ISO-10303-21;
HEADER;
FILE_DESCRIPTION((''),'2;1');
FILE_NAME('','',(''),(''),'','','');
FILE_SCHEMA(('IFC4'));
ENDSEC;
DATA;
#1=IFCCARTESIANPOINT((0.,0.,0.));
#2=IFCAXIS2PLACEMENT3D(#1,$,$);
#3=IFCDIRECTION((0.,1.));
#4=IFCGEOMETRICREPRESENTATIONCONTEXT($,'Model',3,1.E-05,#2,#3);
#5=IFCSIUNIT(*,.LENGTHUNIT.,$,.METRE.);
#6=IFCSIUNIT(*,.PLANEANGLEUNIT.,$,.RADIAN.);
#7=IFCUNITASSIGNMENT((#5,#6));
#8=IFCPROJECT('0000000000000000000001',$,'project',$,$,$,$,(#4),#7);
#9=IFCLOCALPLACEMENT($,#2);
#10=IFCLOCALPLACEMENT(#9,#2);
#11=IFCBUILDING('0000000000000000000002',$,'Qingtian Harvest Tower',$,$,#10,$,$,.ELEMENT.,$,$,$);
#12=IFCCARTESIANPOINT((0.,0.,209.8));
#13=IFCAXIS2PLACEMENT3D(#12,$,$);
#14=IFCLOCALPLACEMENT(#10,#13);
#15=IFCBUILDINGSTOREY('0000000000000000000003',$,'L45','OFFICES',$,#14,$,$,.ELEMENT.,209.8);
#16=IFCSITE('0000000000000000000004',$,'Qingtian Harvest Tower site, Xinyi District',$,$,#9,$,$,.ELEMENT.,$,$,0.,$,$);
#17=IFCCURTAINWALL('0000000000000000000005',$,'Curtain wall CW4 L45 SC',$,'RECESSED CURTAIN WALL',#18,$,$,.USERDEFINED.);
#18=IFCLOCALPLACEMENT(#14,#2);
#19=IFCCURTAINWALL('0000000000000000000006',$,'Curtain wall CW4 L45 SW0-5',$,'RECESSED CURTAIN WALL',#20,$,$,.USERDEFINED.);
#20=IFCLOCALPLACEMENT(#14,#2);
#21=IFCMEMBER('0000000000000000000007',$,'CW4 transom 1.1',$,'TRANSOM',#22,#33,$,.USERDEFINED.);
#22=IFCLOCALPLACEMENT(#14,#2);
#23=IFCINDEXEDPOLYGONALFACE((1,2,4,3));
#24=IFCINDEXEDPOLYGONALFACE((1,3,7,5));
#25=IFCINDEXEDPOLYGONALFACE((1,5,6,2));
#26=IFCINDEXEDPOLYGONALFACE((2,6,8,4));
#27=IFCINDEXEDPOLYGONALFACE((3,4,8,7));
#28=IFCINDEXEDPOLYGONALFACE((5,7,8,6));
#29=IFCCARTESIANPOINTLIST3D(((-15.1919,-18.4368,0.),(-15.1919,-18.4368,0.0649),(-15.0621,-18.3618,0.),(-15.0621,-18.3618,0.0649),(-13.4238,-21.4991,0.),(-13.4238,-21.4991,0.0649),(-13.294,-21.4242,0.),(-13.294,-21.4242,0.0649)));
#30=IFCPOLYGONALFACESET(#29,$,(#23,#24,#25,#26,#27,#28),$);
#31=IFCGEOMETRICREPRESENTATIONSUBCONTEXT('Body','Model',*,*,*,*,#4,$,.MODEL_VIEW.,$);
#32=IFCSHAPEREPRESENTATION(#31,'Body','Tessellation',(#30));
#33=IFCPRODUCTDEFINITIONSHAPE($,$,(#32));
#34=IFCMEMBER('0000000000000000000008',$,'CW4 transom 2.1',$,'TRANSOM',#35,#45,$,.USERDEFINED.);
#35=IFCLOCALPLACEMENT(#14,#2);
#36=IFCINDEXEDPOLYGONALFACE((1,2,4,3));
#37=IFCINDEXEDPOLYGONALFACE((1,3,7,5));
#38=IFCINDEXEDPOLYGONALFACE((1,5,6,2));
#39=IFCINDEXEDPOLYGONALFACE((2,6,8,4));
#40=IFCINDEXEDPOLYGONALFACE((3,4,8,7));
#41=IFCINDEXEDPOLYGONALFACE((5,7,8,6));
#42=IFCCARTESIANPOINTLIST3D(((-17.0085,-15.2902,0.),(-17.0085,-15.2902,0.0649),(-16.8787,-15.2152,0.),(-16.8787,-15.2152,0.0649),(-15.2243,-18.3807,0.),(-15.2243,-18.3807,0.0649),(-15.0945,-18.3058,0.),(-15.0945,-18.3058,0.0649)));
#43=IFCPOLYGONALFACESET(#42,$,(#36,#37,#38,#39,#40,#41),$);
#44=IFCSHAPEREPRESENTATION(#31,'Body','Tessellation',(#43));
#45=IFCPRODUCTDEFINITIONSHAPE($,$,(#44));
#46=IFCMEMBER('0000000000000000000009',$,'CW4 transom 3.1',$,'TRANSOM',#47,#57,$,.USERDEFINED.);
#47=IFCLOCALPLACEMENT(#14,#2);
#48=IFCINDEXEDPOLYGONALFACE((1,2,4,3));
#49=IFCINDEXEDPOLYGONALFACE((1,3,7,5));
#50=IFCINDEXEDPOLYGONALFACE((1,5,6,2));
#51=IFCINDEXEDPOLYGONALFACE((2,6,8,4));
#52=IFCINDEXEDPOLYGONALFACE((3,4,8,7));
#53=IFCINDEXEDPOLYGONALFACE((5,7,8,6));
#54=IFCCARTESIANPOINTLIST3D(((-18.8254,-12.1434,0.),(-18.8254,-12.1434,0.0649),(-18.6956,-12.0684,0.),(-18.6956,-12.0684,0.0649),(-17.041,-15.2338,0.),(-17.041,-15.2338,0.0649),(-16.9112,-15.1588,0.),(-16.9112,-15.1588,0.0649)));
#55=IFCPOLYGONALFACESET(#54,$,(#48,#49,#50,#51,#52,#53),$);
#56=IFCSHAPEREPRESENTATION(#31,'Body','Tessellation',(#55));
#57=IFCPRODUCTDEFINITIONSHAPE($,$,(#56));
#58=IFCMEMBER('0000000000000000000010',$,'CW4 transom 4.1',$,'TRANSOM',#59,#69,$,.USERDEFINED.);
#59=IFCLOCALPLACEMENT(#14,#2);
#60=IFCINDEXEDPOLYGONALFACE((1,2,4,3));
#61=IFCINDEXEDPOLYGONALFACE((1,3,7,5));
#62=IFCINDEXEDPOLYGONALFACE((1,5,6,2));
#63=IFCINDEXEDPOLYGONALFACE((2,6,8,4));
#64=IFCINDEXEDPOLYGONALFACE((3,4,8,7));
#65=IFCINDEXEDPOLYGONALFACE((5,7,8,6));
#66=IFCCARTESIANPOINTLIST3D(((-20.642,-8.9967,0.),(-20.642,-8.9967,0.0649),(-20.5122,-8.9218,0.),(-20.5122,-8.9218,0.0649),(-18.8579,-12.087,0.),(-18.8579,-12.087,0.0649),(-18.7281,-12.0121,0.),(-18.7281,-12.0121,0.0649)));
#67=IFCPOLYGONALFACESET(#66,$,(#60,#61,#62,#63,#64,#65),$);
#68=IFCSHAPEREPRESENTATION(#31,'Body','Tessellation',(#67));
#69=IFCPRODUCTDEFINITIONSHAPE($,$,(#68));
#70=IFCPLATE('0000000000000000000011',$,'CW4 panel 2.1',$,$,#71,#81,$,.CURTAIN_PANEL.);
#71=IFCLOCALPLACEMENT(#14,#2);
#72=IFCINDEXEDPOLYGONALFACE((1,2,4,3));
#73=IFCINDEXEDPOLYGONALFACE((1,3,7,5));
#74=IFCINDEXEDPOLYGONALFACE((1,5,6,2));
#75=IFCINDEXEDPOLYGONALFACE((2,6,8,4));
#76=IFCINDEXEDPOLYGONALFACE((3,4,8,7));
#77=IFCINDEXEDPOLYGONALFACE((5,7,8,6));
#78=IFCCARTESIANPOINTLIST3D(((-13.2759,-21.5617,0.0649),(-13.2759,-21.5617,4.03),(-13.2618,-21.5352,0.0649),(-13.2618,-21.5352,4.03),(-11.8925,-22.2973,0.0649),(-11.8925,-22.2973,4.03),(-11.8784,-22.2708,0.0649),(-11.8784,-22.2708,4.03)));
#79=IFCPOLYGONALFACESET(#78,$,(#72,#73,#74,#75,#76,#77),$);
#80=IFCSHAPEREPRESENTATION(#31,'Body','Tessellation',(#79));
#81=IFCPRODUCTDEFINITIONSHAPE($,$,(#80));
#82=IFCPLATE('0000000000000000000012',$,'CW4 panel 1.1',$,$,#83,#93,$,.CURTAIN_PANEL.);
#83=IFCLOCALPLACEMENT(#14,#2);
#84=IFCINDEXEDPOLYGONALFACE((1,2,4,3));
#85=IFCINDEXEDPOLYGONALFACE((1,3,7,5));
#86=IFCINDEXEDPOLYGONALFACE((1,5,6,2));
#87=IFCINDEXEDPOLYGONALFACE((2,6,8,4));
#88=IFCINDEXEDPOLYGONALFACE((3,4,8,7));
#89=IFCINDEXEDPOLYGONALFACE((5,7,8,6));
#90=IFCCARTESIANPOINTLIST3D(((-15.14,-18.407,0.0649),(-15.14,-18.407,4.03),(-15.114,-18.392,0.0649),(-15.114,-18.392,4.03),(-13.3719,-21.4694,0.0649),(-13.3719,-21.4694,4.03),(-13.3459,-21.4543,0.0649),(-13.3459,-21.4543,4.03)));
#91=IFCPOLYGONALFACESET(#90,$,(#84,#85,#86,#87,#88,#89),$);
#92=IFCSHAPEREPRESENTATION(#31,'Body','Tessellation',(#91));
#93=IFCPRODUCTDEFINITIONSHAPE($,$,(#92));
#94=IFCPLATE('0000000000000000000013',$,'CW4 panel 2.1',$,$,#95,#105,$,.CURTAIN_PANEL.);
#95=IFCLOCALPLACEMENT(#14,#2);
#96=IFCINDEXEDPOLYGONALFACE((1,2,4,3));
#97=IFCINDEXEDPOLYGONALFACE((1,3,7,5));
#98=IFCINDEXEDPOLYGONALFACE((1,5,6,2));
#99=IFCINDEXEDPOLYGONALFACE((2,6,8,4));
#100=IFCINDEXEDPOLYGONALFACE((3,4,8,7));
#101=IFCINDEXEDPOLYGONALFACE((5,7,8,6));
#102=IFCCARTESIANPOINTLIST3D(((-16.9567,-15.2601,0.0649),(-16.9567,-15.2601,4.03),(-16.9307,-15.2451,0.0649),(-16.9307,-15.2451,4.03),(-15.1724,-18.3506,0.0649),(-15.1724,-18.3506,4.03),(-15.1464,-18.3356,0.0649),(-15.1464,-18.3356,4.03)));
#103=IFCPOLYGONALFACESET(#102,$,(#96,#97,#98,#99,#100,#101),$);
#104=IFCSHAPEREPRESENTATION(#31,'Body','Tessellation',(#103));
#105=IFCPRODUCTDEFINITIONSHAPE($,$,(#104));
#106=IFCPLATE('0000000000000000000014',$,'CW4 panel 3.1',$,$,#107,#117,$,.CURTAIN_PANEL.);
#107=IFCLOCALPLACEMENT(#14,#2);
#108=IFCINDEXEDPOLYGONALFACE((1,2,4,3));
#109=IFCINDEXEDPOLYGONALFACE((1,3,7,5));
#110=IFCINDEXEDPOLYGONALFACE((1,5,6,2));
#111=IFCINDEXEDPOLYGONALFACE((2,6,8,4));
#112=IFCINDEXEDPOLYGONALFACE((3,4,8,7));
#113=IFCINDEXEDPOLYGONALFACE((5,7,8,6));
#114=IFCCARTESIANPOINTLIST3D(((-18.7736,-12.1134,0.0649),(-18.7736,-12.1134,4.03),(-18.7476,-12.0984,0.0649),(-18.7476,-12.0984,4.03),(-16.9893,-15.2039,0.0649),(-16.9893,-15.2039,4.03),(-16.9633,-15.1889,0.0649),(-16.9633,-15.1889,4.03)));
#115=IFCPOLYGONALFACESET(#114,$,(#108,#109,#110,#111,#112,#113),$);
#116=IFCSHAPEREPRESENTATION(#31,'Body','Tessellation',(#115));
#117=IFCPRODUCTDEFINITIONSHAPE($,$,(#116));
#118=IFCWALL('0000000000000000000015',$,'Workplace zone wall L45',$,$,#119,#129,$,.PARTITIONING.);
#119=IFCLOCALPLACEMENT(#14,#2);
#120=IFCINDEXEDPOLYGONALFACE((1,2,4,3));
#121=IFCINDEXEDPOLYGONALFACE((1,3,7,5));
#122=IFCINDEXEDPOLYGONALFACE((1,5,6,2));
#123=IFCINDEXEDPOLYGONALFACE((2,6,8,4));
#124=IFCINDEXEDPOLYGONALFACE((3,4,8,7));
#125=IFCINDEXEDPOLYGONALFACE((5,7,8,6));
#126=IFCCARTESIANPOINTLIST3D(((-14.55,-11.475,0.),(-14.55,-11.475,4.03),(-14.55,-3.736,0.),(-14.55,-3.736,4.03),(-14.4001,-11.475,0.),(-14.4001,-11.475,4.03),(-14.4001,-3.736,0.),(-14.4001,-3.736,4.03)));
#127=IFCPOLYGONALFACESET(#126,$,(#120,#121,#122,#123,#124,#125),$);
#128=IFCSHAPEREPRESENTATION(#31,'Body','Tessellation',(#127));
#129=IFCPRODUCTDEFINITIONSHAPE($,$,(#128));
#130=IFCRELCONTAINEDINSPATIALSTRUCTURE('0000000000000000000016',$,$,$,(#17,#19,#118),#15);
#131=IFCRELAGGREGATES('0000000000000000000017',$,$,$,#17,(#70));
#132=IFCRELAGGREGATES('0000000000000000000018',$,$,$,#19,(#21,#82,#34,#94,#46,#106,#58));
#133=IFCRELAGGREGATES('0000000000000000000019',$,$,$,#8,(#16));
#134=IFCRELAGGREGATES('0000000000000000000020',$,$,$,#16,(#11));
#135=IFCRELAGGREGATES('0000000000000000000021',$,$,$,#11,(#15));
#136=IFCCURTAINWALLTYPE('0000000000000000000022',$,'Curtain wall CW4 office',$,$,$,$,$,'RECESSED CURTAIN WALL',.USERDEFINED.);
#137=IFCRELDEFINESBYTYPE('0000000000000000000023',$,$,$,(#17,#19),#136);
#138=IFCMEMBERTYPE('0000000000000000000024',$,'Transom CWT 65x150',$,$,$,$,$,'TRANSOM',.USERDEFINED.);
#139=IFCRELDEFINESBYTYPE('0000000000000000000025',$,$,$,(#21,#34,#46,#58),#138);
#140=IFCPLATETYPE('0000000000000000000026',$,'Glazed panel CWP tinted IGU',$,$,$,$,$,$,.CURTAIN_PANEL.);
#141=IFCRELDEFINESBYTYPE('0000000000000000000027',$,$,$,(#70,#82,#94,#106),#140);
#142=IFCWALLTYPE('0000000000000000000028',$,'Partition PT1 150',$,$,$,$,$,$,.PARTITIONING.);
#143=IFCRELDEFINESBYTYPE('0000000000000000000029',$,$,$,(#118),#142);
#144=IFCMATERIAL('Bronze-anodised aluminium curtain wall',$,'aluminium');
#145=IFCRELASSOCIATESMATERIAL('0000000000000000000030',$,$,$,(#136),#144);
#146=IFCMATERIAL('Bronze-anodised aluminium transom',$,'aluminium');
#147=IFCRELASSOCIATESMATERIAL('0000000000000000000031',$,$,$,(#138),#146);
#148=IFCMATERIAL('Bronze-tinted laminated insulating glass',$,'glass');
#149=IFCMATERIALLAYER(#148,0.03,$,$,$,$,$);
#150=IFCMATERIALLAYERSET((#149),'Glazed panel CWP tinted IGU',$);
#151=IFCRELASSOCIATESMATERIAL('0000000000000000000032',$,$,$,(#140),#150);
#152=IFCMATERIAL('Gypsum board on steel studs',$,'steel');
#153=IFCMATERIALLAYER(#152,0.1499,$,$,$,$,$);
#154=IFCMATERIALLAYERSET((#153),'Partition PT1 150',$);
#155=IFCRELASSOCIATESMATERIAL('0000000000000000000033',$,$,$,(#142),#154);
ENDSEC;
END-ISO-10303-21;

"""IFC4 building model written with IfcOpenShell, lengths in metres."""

from ifc_helpers import new_model, si_unit, direction, frame, frame_2d, origin, origin_2d, place, context, subcontext, project, spatial, rectangle, extrude, material, layer, layer_set, material_profile, profile_set, type_object, element, aggregate, save


model = new_model("IFC4")

# Units and contexts
model_context = context("Model", 3, precision=1e-05, world=origin(), true_north=direction((0.0, 1.0)))
body_context = subcontext(model_context, "Body", "Model", "MODEL_VIEW")
ifc_project = project(units=[si_unit("LENGTHUNIT", "METRE"), si_unit("PLANEANGLEUNIT", "RADIAN")], contexts=[model_context])

# Site, building, storey
site_placement = place(None, origin())
site = spatial("IfcSite", under=ifc_project, at=site_placement, Name="Qingtian Harvest Tower site, Xinyi District", CompositionType="ELEMENT", RefElevation=0.0)
building_placement = place(site_placement, origin())
building = spatial("IfcBuilding", under=site, at=building_placement, Name="Qingtian Harvest Tower", CompositionType="ELEMENT")
storey_placement = place(building_placement, frame((0.0, 0.0, 209.8)))
storey = spatial("IfcBuildingStorey", under=building, at=storey_placement, Name="L45", Description="OFFICES", CompositionType="ELEMENT", Elevation=209.8)

# Curtain wall
ifc_material_1 = material(Name="Bronze-anodised aluminium curtain wall", Category="aluminium")
curtain_wall_type = type_object("IfcCurtainWallType", Name="Curtain wall CW4 office", ElementType="RECESSED CURTAIN WALL", PredefinedType="USERDEFINED", material=ifc_material_1)
curtain_wall_1_placement = place(storey_placement, origin())
curtain_wall_1 = element("IfcCurtainWall", 1, at=curtain_wall_1_placement, inside=storey, type_object=curtain_wall_type, Name="Curtain wall CW4 L45 SC", ObjectType="RECESSED CURTAIN WALL", PredefinedType="USERDEFINED")

# Curtain wall
curtain_wall_2_placement = place(storey_placement, origin())
curtain_wall_2 = element("IfcCurtainWall", 2, at=curtain_wall_2_placement, inside=storey, type_object=curtain_wall_type, Name="Curtain wall CW4 L45 SW0-5", ObjectType="RECESSED CURTAIN WALL", PredefinedType="USERDEFINED")

# Members
ifc_material_2 = material(Name="Bronze-anodised aluminium transom", Category="aluminium")
ifc_material_profile_1 = material_profile(ifc_material_2, rectangle(XDim=0.1499, YDim=0.0649, at=origin_2d()), Name="AL 65x150")
ifc_profile_set_1 = profile_set([ifc_material_profile_1], Name="Bronze-anodised aluminium transom")
member_type_1 = type_object("IfcMemberType", Name="Transom CWT 65x150", ElementType="TRANSOM", PredefinedType="USERDEFINED", material=ifc_profile_set_1)
member_1_placement = place(storey_placement, frame((-13.3589, -21.4617, 0.0325), z_axis=(-0.500015, 0.866017, 0.0), x_axis=(-0.866017, -0.500015, 0.0)))
member_1 = element("IfcMember", 3, at=member_1_placement, type_object=member_type_1, Name="CW4 transom 1.1", ObjectType="TRANSOM", PredefinedType="USERDEFINED", context=body_context, shape_type="SweptSolid", body=[
    extrude(rectangle(XDim=0.1499, YDim=0.0649, at=origin_2d()), origin(), (0.0, 0.0, 1.0), 3.5361),
])
member_2_placement = place(storey_placement, frame((-15.1594, -18.3433, 0.0325), z_axis=(-0.499965, 0.866045, 0.0), x_axis=(-0.866045, -0.499965, 0.0)))
member_2 = element("IfcMember", 4, at=member_2_placement, type_object=member_type_1, Name="CW4 transom 2.1", ObjectType="TRANSOM", PredefinedType="USERDEFINED", context=body_context, shape_type="SweptSolid", body=[
    extrude(rectangle(XDim=0.1499, YDim=0.0649, at=origin_2d()), origin(), (0.0, 0.0, 1.0), 3.5686),
])
member_3_placement = place(storey_placement, frame((-16.9761, -15.1963, 0.0325), z_axis=(-0.500046, 0.865999, 0.0), x_axis=(-0.865999, -0.500046, 0.0)))
member_3 = element("IfcMember", 5, at=member_3_placement, type_object=member_type_1, Name="CW4 transom 3.1", ObjectType="TRANSOM", PredefinedType="USERDEFINED", context=body_context, shape_type="SweptSolid", body=[
    extrude(rectangle(XDim=0.1499, YDim=0.0649, at=origin_2d()), origin(), (0.0, 0.0, 1.0), 3.5686),
])
member_4_placement = place(storey_placement, frame((-18.793, -12.0496, 0.0325), z_axis=(-0.499995, 0.866028, 0.0), x_axis=(-0.866028, -0.499995, 0.0)))
member_4 = element("IfcMember", 6, at=member_4_placement, type_object=member_type_1, Name="CW4 transom 4.1", ObjectType="TRANSOM", PredefinedType="USERDEFINED", context=body_context, shape_type="SweptSolid", body=[
    extrude(rectangle(XDim=0.1499, YDim=0.0649, at=origin_2d()), origin(), (0.0, 0.0, 1.0), 3.5684),
])

# Plates
ifc_material_3 = material(Name="Bronze-tinted laminated insulating glass", Category="glass")
ifc_layer_1 = layer(ifc_material_3, 0.03)
ifc_layer_set_1 = layer_set([ifc_layer_1], Name="Glazed panel CWP tinted IGU")
plate_type = type_object("IfcPlateType", Name="Glazed panel CWP tinted IGU", PredefinedType="CURTAIN_PANEL", material=ifc_layer_set_1)
plate_1_placement = place(storey_placement, frame((-12.5771, -21.9163, 0.0649), z_axis=(0.0, 0.0, 1.0), x_axis=(-0.882948, 0.469472, 0.0)))
plate_1 = element("IfcPlate", 7, at=plate_1_placement, type_object=plate_type, Name="CW4 panel 2.1", PredefinedType="CURTAIN_PANEL", context=body_context, shape_type="SweptSolid", body=[
    extrude(rectangle(XDim=1.5669, YDim=0.03, at=origin_2d()), origin(), (0.0, 0.0, 1.0), 3.9651),
])
aggregate(curtain_wall_1, [plate_1])
plate_2_placement = place(storey_placement, frame((-14.2429, -19.9307, 0.0649), z_axis=(0.0, 0.0, 1.0), x_axis=(-0.5, 0.866025, 0.0)))
plate_2 = element("IfcPlate", 8, at=plate_2_placement, type_object=plate_type, Name="CW4 panel 1.1", PredefinedType="CURTAIN_PANEL", context=body_context, shape_type="SweptSolid", body=[
    extrude(rectangle(XDim=3.5361, YDim=0.03, at=origin_2d()), origin(), (0.0, 0.0, 1.0), 3.9651),
])
plate_3_placement = place(storey_placement, frame((-16.0515, -16.7979, 0.0649), z_axis=(0.0, 0.0, 1.0), x_axis=(-0.5, 0.866025, 0.0)))
plate_3 = element("IfcPlate", 9, at=plate_3_placement, type_object=plate_type, Name="CW4 panel 2.1", PredefinedType="CURTAIN_PANEL", context=body_context, shape_type="SweptSolid", body=[
    extrude(rectangle(XDim=3.5686, YDim=0.03, at=origin_2d()), origin(), (0.0, 0.0, 1.0), 3.9651),
])
plate_4_placement = place(storey_placement, frame((-17.8684, -13.6511, 0.0649), z_axis=(0.0, 0.0, 1.0), x_axis=(-0.5, 0.866025, 0.0)))
plate_4 = element("IfcPlate", 10, at=plate_4_placement, type_object=plate_type, Name="CW4 panel 3.1", PredefinedType="CURTAIN_PANEL", context=body_context, shape_type="SweptSolid", body=[
    extrude(rectangle(XDim=3.5686, YDim=0.03, at=origin_2d()), origin(), (0.0, 0.0, 1.0), 3.9651),
])
aggregate(curtain_wall_2, [member_1, plate_2, member_2, plate_3, member_3, plate_4, member_4])

# Wall
ifc_material_4 = material(Name="Gypsum board on steel studs", Category="steel")
ifc_layer_2 = layer(ifc_material_4, 0.1499)
ifc_layer_set_2 = layer_set([ifc_layer_2], Name="Partition PT1 150")
wall_type = type_object("IfcWallType", Name="Partition PT1 150", PredefinedType="PARTITIONING", material=ifc_layer_set_2)
wall_placement = place(storey_placement, frame((-14.4751, -11.4751, 0.0), z_axis=(0.0, 0.0, 1.0), x_axis=(0.0, 1.0, 0.0)))
element("IfcWall", 11, at=wall_placement, inside=storey, type_object=wall_type, Name="Workplace zone wall L45", PredefinedType="PARTITIONING", context=body_context, shape_type="SweptSolid", body=[
    extrude(rectangle(XDim=7.739, YDim=0.1499, at=frame_2d((3.8696, 0.0))), origin(), (0.0, 0.0, 1.0), 4.03),
])

save(model, "model.ifc")
